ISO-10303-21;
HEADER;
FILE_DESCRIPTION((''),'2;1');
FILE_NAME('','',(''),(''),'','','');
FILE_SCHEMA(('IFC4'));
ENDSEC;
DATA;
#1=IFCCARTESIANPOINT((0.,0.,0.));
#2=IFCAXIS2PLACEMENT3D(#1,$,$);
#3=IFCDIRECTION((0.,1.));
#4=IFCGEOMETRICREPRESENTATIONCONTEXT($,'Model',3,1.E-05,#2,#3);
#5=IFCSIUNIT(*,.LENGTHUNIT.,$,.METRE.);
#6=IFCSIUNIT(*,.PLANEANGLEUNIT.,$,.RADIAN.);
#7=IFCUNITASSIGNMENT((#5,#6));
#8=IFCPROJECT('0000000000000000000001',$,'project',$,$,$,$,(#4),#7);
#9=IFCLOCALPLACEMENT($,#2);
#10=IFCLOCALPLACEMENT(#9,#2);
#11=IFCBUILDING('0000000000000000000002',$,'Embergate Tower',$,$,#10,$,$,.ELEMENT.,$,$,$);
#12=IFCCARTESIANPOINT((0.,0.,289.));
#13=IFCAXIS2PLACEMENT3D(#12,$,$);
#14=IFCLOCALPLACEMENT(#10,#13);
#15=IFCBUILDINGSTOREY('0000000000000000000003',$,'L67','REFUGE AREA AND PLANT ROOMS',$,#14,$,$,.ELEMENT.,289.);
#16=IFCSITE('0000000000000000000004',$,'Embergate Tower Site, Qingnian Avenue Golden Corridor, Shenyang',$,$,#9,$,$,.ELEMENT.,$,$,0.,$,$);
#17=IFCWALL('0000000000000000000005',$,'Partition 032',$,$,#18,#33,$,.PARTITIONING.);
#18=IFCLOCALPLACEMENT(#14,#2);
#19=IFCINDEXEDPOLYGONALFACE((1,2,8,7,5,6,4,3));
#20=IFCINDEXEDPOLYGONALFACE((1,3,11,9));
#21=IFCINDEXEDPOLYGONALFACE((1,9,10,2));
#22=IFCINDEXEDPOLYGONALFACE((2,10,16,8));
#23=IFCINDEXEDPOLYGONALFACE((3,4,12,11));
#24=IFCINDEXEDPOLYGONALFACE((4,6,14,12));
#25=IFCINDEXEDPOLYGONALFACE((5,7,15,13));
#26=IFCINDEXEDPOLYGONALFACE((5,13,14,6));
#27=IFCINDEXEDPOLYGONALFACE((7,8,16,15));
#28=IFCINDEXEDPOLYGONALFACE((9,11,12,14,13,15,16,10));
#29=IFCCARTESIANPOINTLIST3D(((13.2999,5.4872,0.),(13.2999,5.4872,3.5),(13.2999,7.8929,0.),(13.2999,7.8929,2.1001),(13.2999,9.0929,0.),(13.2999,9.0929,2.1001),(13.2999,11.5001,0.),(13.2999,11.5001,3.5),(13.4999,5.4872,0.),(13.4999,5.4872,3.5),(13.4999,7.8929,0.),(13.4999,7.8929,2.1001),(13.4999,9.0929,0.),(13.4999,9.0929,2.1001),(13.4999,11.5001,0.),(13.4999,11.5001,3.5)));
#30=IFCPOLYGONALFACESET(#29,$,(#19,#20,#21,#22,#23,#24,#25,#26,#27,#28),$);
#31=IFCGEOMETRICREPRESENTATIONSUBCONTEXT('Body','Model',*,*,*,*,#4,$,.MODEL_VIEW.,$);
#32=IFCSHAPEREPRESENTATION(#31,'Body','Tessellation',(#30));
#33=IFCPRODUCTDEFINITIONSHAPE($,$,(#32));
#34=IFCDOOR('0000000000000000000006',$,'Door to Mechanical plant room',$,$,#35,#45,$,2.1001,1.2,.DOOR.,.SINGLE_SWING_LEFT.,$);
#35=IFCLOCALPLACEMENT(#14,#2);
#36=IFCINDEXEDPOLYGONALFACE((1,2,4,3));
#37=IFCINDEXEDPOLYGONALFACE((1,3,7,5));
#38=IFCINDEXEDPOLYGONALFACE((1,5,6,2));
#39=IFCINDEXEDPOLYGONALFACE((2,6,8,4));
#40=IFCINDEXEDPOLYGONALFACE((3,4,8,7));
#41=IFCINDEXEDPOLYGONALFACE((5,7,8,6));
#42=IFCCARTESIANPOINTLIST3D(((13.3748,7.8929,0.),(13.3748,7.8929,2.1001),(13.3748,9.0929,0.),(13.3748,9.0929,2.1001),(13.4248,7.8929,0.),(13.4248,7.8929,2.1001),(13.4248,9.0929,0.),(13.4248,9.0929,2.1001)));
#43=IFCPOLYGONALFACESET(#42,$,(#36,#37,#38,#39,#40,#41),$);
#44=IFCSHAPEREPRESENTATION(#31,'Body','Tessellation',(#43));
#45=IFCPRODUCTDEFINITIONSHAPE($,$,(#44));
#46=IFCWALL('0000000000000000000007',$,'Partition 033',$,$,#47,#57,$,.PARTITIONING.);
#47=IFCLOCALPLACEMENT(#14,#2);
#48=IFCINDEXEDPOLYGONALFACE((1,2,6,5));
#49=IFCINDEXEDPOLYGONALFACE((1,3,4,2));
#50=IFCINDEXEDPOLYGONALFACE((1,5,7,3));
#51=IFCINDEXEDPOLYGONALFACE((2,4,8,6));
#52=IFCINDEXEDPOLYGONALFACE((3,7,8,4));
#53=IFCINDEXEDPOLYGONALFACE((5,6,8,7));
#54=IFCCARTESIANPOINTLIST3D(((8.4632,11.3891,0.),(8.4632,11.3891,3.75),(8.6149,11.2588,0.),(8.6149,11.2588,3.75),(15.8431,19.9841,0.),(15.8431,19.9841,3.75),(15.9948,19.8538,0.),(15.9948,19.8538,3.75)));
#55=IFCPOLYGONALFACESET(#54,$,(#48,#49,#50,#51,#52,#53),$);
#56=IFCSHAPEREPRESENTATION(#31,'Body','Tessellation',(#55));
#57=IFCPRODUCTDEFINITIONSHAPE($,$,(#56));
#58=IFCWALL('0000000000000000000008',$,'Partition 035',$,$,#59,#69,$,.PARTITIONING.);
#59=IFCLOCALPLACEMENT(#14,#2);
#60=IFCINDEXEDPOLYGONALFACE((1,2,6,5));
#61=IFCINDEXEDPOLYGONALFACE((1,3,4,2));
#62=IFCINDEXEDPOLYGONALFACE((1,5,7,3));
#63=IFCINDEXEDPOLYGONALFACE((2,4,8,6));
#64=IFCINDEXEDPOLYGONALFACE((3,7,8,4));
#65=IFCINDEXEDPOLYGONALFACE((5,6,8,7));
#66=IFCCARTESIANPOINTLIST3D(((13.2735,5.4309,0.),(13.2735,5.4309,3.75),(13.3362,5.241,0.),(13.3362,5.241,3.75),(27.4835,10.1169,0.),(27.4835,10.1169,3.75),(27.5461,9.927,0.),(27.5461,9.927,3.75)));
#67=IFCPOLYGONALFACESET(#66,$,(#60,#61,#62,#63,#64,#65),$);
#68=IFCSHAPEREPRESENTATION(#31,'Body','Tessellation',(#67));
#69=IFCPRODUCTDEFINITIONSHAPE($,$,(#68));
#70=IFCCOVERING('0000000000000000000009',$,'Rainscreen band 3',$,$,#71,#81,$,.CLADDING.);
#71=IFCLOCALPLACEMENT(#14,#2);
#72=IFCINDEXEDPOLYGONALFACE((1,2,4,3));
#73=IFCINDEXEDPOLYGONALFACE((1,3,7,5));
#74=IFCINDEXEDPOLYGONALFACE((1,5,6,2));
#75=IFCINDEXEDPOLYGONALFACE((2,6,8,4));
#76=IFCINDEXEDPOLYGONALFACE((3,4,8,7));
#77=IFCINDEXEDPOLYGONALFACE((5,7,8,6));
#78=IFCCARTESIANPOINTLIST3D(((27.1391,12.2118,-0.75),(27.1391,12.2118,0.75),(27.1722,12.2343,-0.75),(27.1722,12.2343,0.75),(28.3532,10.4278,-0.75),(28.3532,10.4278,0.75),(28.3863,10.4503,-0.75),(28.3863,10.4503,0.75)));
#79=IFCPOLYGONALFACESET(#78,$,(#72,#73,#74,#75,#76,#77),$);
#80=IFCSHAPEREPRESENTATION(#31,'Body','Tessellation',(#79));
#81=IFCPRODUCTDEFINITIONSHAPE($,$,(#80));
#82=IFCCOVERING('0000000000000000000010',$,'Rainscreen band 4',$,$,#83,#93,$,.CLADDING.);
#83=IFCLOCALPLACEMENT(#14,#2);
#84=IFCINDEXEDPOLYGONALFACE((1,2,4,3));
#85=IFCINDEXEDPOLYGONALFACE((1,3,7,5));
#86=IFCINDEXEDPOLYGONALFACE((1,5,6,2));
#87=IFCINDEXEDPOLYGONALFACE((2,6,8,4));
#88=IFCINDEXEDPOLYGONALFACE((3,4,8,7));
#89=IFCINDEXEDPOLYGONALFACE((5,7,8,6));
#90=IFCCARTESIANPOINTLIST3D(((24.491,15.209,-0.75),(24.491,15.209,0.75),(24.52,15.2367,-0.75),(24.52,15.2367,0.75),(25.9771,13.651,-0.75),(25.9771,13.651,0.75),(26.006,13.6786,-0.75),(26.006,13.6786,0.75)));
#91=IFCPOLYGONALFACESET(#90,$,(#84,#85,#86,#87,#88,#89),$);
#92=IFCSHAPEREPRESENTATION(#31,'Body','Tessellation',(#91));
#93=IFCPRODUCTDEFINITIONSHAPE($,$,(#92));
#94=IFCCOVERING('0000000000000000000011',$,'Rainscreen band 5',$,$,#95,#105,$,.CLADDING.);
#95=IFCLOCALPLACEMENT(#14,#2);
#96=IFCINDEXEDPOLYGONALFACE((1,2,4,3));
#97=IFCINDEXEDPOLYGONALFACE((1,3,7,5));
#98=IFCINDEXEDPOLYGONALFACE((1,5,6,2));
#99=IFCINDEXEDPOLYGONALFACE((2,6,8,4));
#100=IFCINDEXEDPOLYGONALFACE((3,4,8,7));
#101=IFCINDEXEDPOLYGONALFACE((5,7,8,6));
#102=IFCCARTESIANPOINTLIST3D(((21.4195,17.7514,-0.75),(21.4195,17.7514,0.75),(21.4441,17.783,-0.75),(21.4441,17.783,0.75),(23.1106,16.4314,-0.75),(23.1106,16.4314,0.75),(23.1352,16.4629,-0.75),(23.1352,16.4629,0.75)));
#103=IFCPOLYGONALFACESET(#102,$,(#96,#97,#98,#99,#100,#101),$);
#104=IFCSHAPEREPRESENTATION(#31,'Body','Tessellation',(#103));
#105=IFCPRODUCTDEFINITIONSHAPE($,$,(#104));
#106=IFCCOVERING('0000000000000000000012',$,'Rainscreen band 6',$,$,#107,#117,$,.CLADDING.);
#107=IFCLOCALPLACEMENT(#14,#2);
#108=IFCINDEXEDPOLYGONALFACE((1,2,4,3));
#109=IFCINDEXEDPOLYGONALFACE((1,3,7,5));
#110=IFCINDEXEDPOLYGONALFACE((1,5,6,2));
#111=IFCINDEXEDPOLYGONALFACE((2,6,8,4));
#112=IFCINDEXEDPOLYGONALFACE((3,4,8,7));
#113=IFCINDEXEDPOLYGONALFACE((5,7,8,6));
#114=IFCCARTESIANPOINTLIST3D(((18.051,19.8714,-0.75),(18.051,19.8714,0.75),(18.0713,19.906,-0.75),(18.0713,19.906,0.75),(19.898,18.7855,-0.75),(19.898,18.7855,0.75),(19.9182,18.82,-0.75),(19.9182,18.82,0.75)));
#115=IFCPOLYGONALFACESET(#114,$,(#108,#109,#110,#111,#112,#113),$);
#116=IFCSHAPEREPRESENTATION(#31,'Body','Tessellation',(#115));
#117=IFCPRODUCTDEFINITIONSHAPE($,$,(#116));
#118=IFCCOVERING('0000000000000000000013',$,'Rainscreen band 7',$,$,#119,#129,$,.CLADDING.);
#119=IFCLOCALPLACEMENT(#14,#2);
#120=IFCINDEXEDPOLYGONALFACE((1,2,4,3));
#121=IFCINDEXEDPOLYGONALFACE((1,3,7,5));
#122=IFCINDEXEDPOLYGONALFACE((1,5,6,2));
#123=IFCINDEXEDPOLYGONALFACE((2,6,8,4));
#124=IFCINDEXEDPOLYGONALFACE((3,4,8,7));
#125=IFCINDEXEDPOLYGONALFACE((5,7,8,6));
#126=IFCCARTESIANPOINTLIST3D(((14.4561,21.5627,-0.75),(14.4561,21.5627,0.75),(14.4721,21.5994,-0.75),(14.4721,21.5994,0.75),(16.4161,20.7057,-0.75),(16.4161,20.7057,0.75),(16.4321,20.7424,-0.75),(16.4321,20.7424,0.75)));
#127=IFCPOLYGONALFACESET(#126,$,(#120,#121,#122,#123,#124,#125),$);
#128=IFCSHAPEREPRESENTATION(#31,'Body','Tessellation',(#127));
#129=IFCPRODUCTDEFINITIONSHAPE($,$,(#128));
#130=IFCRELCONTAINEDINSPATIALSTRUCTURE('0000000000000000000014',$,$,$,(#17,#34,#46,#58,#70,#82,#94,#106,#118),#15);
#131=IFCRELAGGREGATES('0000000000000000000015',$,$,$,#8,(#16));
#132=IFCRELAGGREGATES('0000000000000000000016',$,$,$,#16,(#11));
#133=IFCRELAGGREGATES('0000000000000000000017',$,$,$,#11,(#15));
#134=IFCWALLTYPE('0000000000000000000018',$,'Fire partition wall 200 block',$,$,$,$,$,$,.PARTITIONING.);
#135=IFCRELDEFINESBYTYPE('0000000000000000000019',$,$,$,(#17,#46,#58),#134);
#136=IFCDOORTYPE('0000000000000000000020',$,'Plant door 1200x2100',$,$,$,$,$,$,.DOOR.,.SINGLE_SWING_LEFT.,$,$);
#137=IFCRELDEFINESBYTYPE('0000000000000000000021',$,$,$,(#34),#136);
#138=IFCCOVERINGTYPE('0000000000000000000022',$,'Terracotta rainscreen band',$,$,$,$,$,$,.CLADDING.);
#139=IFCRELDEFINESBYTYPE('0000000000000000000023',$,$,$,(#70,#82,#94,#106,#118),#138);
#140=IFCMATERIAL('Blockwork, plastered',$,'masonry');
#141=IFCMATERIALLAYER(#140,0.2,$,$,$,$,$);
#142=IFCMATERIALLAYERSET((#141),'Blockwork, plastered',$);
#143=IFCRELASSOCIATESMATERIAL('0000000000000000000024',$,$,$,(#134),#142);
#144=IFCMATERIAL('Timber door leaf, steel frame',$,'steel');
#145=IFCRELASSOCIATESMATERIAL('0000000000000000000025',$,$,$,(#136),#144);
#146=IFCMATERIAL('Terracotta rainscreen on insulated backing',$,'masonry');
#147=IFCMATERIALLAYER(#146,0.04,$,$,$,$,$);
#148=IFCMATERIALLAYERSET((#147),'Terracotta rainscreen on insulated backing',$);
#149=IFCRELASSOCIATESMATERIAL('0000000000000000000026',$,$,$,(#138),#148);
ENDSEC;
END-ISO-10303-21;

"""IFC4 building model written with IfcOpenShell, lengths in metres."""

from ifc_helpers import new_model, si_unit, direction, frame, frame_2d, origin, origin_2d, place, context, subcontext, project, spatial, rectangle, extrude, source, transform, mapped, material, layer, layer_set, type_object, element, fill, save


model = new_model("IFC4")

# Units and contexts
model_context = context("Model", 3, precision=1e-05, world=origin(), true_north=direction((0.0, 1.0)))
body_context = subcontext(model_context, "Body", "Model", "MODEL_VIEW")
ifc_project = project(units=[si_unit("LENGTHUNIT", "METRE"), si_unit("PLANEANGLEUNIT", "RADIAN")], contexts=[model_context])

# Site, building, storey
site_placement = place(None, origin())
site = spatial("IfcSite", under=ifc_project, at=site_placement, Name="Embergate Tower Site, Qingnian Avenue Golden Corridor, Shenyang", CompositionType="ELEMENT", RefElevation=0.0)
building_placement = place(site_placement, origin())
building = spatial("IfcBuilding", under=site, at=building_placement, Name="Embergate Tower", CompositionType="ELEMENT")
storey_placement = place(building_placement, frame((0.0, 0.0, 289.0)))
storey = spatial("IfcBuildingStorey", under=building, at=storey_placement, Name="L67", Description="REFUGE AREA AND PLANT ROOMS", CompositionType="ELEMENT", Elevation=289.0)

# Wall, opening, door
ifc_material_1 = material(Name="Blockwork, plastered", Category="masonry")
ifc_layer_1 = layer(ifc_material_1, 0.2)
ifc_layer_set_1 = layer_set([ifc_layer_1], Name="Blockwork, plastered")
wall_type_1 = type_object("IfcWallType", Name="Fire partition wall 200 block", PredefinedType="PARTITIONING", material=ifc_layer_set_1)
shared_shape_1 = source(origin(), body_context, "Body", "SweptSolid", [
    extrude(rectangle(XDim=6.0129, YDim=0.2, at=frame_2d((3.0063, 0.0))), origin(), (0.0, 0.0, 1.0), 3.5),
])
wall_1_placement = place(storey_placement, frame((13.3999, 11.5, 0.0), z_axis=(0.0, 0.0, 1.0), x_axis=(0.0, -1.0, 0.0)))
wall_1 = element("IfcWall", 1, at=wall_1_placement, inside=storey, type_object=wall_type_1, Name="Partition 032", PredefinedType="PARTITIONING", context=body_context, shape_type="MappedRepresentation", body=[
    mapped(shared_shape_1, transform((0.0, 0.0, 0.0))),
])
shared_shape_2 = source(origin(), body_context, "Body", "SweptSolid", [
    extrude(rectangle(XDim=1.2, YDim=2.1001, at=frame_2d((0.6001, 1.05))), frame((0.0, 0.1099, 0.0), z_axis=(0.0, -1.0, 0.0), x_axis=(1.0, 0.0, 0.0)), (0.0, 0.0, 1.0), 0.22),
])
opening_placement = place(wall_1_placement, frame((2.407, 0.0, 0.0)))
opening = element("IfcOpeningElement", 2, at=opening_placement, cuts=wall_1, PredefinedType="OPENING", context=body_context, shape_type="MappedRepresentation", body=[
    mapped(shared_shape_2, transform((0.0, 0.0, 0.0))),
])
ifc_material_2 = material(Name="Timber door leaf, steel frame", Category="steel")
door_type = type_object("IfcDoorType", Name="Plant door 1200x2100", OperationType="SINGLE_SWING_LEFT", PredefinedType="DOOR", material=ifc_material_2)
shared_shape_3 = source(origin(), body_context, "Body", "SweptSolid", [
    extrude(rectangle(XDim=1.2, YDim=2.1001, at=frame_2d((0.6001, 1.05))), frame((0.0, 0.0249, 0.0), z_axis=(0.0, -1.0, 0.0), x_axis=(1.0, 0.0, 0.0)), (0.0, 0.0, 1.0), 0.05),
])
door_placement = place(opening_placement, origin())
door = element("IfcDoor", 3, at=door_placement, inside=storey, type_object=door_type, Name="Door to Mechanical plant room", OperationType="SINGLE_SWING_LEFT", OverallHeight=2.1001, OverallWidth=1.2, PredefinedType="DOOR", context=body_context, shape_type="MappedRepresentation", body=[
    mapped(shared_shape_3, transform((0.0, 0.0, 0.0))),
])
fill(opening, door)

# Walls
shared_shape_4 = source(origin(), body_context, "Body", "SweptSolid", [
    extrude(rectangle(XDim=11.3286, YDim=0.2, at=frame_2d((5.6643, 0.0))), origin(), (0.0, 0.0, 1.0), 3.75),
])
wall_2_placement = place(storey_placement, frame((15.9189, 19.9189, 0.0), z_axis=(0.0, 0.0, 1.0), x_axis=(-0.651441, -0.7587, 0.0)))
element("IfcWall", 4, at=wall_2_placement, inside=storey, type_object=wall_type_1, Name="Partition 033", PredefinedType="PARTITIONING", context=body_context, shape_type="MappedRepresentation", body=[
    mapped(shared_shape_4, transform((0.0, 0.0, 0.0))),
])
shared_shape_5 = source(origin(), body_context, "Body", "SweptSolid", [
    extrude(rectangle(XDim=14.9626, YDim=0.2, at=frame_2d((7.4814, 0.0))), origin(), (0.0, 0.0, 1.0), 3.75),
])
wall_3_placement = place(storey_placement, frame((27.5149, 10.022, 0.0), z_axis=(0.0, 0.0, 1.0), x_axis=(-0.949693, -0.313181, 0.0)))
element("IfcWall", 5, at=wall_3_placement, inside=storey, type_object=wall_type_1, Name="Partition 035", PredefinedType="PARTITIONING", context=body_context, shape_type="MappedRepresentation", body=[
    mapped(shared_shape_5, transform((0.0, 0.0, 0.0))),
])

# Coverings
ifc_material_3 = material(Name="Terracotta rainscreen on insulated backing", Category="masonry")
ifc_layer_2 = layer(ifc_material_3, 0.04)
ifc_layer_set_2 = layer_set([ifc_layer_2], Name="Terracotta rainscreen on insulated backing")
covering_type = type_object("IfcCoveringType", Name="Terracotta rainscreen band", PredefinedType="CLADDING", material=ifc_layer_set_2)
shared_shape_6 = source(origin(), body_context, "Body", "SweptSolid", [
    extrude(rectangle(XDim=2.158, YDim=0.04, at=origin_2d()), origin(), (0.0, 0.0, 1.0), 1.5),
])
covering_1_placement = place(storey_placement, frame((27.7627, 11.3311, -0.75), z_axis=(0.0, 0.0, 1.0), x_axis=(-0.562589, 0.826737, 0.0)))
element("IfcCovering", 6, at=covering_1_placement, inside=storey, type_object=covering_type, Name="Rainscreen band 3", PredefinedType="CLADDING", context=body_context, shape_type="MappedRepresentation", body=[
    mapped(shared_shape_6, transform((0.0, 0.0, 0.0))),
])
shared_shape_7 = source(origin(), body_context, "Body", "SweptSolid", [
    extrude(rectangle(XDim=2.1531, YDim=0.04, at=origin_2d()), origin(), (0.0, 0.0, 1.0), 1.5),
])
covering_2_placement = place(storey_placement, frame((25.2485, 14.4438, -0.75), z_axis=(0.0, 0.0, 1.0), x_axis=(-0.690188, 0.72363, 0.0)))
element("IfcCovering", 7, at=covering_2_placement, inside=storey, type_object=covering_type, Name="Rainscreen band 4", PredefinedType="CLADDING", context=body_context, shape_type="MappedRepresentation", body=[
    mapped(shared_shape_7, transform((0.0, 0.0, 0.0))),
])
shared_shape_8 = source(origin(), body_context, "Body", "SweptSolid", [
    extrude(rectangle(XDim=2.1453, YDim=0.04, at=origin_2d()), origin(), (0.0, 0.0, 1.0), 1.5),
])
covering_3_placement = place(storey_placement, frame((22.2773, 17.1072, -0.75), z_axis=(0.0, 0.0, 1.0), x_axis=(-0.788272, 0.615327, 0.0)))
element("IfcCovering", 8, at=covering_3_placement, inside=storey, type_object=covering_type, Name="Rainscreen band 5", PredefinedType="CLADDING", context=body_context, shape_type="MappedRepresentation", body=[
    mapped(shared_shape_8, transform((0.0, 0.0, 0.0))),
])
shared_shape_9 = source(origin(), body_context, "Body", "SweptSolid", [
    extrude(rectangle(XDim=2.1426, YDim=0.04, at=origin_2d()), origin(), (0.0, 0.0, 1.0), 1.5),
])
covering_4_placement = place(storey_placement, frame((18.9846, 19.3457, -0.75), z_axis=(0.0, 0.0, 1.0), x_axis=(-0.86203, 0.506857, 0.0)))
element("IfcCovering", 9, at=covering_4_placement, inside=storey, type_object=covering_type, Name="Rainscreen band 6", PredefinedType="CLADDING", context=body_context, shape_type="MappedRepresentation", body=[
    mapped(shared_shape_9, transform((0.0, 0.0, 0.0))),
])
shared_shape_10 = source(origin(), body_context, "Body", "SweptSolid", [
    extrude(rectangle(XDim=2.1392, YDim=0.04, at=origin_2d()), origin(), (0.0, 0.0, 1.0), 1.5),
])
covering_5_placement = place(storey_placement, frame((15.4441, 21.1526, -0.75), z_axis=(0.0, 0.0, 1.0), x_axis=(-0.916243, 0.400623, 0.0)))
element("IfcCovering", 10, at=covering_5_placement, inside=storey, type_object=covering_type, Name="Rainscreen band 7", PredefinedType="CLADDING", context=body_context, shape_type="MappedRepresentation", body=[
    mapped(shared_shape_10, transform((0.0, 0.0, 0.0))),
])

save(model, "model.ifc")
